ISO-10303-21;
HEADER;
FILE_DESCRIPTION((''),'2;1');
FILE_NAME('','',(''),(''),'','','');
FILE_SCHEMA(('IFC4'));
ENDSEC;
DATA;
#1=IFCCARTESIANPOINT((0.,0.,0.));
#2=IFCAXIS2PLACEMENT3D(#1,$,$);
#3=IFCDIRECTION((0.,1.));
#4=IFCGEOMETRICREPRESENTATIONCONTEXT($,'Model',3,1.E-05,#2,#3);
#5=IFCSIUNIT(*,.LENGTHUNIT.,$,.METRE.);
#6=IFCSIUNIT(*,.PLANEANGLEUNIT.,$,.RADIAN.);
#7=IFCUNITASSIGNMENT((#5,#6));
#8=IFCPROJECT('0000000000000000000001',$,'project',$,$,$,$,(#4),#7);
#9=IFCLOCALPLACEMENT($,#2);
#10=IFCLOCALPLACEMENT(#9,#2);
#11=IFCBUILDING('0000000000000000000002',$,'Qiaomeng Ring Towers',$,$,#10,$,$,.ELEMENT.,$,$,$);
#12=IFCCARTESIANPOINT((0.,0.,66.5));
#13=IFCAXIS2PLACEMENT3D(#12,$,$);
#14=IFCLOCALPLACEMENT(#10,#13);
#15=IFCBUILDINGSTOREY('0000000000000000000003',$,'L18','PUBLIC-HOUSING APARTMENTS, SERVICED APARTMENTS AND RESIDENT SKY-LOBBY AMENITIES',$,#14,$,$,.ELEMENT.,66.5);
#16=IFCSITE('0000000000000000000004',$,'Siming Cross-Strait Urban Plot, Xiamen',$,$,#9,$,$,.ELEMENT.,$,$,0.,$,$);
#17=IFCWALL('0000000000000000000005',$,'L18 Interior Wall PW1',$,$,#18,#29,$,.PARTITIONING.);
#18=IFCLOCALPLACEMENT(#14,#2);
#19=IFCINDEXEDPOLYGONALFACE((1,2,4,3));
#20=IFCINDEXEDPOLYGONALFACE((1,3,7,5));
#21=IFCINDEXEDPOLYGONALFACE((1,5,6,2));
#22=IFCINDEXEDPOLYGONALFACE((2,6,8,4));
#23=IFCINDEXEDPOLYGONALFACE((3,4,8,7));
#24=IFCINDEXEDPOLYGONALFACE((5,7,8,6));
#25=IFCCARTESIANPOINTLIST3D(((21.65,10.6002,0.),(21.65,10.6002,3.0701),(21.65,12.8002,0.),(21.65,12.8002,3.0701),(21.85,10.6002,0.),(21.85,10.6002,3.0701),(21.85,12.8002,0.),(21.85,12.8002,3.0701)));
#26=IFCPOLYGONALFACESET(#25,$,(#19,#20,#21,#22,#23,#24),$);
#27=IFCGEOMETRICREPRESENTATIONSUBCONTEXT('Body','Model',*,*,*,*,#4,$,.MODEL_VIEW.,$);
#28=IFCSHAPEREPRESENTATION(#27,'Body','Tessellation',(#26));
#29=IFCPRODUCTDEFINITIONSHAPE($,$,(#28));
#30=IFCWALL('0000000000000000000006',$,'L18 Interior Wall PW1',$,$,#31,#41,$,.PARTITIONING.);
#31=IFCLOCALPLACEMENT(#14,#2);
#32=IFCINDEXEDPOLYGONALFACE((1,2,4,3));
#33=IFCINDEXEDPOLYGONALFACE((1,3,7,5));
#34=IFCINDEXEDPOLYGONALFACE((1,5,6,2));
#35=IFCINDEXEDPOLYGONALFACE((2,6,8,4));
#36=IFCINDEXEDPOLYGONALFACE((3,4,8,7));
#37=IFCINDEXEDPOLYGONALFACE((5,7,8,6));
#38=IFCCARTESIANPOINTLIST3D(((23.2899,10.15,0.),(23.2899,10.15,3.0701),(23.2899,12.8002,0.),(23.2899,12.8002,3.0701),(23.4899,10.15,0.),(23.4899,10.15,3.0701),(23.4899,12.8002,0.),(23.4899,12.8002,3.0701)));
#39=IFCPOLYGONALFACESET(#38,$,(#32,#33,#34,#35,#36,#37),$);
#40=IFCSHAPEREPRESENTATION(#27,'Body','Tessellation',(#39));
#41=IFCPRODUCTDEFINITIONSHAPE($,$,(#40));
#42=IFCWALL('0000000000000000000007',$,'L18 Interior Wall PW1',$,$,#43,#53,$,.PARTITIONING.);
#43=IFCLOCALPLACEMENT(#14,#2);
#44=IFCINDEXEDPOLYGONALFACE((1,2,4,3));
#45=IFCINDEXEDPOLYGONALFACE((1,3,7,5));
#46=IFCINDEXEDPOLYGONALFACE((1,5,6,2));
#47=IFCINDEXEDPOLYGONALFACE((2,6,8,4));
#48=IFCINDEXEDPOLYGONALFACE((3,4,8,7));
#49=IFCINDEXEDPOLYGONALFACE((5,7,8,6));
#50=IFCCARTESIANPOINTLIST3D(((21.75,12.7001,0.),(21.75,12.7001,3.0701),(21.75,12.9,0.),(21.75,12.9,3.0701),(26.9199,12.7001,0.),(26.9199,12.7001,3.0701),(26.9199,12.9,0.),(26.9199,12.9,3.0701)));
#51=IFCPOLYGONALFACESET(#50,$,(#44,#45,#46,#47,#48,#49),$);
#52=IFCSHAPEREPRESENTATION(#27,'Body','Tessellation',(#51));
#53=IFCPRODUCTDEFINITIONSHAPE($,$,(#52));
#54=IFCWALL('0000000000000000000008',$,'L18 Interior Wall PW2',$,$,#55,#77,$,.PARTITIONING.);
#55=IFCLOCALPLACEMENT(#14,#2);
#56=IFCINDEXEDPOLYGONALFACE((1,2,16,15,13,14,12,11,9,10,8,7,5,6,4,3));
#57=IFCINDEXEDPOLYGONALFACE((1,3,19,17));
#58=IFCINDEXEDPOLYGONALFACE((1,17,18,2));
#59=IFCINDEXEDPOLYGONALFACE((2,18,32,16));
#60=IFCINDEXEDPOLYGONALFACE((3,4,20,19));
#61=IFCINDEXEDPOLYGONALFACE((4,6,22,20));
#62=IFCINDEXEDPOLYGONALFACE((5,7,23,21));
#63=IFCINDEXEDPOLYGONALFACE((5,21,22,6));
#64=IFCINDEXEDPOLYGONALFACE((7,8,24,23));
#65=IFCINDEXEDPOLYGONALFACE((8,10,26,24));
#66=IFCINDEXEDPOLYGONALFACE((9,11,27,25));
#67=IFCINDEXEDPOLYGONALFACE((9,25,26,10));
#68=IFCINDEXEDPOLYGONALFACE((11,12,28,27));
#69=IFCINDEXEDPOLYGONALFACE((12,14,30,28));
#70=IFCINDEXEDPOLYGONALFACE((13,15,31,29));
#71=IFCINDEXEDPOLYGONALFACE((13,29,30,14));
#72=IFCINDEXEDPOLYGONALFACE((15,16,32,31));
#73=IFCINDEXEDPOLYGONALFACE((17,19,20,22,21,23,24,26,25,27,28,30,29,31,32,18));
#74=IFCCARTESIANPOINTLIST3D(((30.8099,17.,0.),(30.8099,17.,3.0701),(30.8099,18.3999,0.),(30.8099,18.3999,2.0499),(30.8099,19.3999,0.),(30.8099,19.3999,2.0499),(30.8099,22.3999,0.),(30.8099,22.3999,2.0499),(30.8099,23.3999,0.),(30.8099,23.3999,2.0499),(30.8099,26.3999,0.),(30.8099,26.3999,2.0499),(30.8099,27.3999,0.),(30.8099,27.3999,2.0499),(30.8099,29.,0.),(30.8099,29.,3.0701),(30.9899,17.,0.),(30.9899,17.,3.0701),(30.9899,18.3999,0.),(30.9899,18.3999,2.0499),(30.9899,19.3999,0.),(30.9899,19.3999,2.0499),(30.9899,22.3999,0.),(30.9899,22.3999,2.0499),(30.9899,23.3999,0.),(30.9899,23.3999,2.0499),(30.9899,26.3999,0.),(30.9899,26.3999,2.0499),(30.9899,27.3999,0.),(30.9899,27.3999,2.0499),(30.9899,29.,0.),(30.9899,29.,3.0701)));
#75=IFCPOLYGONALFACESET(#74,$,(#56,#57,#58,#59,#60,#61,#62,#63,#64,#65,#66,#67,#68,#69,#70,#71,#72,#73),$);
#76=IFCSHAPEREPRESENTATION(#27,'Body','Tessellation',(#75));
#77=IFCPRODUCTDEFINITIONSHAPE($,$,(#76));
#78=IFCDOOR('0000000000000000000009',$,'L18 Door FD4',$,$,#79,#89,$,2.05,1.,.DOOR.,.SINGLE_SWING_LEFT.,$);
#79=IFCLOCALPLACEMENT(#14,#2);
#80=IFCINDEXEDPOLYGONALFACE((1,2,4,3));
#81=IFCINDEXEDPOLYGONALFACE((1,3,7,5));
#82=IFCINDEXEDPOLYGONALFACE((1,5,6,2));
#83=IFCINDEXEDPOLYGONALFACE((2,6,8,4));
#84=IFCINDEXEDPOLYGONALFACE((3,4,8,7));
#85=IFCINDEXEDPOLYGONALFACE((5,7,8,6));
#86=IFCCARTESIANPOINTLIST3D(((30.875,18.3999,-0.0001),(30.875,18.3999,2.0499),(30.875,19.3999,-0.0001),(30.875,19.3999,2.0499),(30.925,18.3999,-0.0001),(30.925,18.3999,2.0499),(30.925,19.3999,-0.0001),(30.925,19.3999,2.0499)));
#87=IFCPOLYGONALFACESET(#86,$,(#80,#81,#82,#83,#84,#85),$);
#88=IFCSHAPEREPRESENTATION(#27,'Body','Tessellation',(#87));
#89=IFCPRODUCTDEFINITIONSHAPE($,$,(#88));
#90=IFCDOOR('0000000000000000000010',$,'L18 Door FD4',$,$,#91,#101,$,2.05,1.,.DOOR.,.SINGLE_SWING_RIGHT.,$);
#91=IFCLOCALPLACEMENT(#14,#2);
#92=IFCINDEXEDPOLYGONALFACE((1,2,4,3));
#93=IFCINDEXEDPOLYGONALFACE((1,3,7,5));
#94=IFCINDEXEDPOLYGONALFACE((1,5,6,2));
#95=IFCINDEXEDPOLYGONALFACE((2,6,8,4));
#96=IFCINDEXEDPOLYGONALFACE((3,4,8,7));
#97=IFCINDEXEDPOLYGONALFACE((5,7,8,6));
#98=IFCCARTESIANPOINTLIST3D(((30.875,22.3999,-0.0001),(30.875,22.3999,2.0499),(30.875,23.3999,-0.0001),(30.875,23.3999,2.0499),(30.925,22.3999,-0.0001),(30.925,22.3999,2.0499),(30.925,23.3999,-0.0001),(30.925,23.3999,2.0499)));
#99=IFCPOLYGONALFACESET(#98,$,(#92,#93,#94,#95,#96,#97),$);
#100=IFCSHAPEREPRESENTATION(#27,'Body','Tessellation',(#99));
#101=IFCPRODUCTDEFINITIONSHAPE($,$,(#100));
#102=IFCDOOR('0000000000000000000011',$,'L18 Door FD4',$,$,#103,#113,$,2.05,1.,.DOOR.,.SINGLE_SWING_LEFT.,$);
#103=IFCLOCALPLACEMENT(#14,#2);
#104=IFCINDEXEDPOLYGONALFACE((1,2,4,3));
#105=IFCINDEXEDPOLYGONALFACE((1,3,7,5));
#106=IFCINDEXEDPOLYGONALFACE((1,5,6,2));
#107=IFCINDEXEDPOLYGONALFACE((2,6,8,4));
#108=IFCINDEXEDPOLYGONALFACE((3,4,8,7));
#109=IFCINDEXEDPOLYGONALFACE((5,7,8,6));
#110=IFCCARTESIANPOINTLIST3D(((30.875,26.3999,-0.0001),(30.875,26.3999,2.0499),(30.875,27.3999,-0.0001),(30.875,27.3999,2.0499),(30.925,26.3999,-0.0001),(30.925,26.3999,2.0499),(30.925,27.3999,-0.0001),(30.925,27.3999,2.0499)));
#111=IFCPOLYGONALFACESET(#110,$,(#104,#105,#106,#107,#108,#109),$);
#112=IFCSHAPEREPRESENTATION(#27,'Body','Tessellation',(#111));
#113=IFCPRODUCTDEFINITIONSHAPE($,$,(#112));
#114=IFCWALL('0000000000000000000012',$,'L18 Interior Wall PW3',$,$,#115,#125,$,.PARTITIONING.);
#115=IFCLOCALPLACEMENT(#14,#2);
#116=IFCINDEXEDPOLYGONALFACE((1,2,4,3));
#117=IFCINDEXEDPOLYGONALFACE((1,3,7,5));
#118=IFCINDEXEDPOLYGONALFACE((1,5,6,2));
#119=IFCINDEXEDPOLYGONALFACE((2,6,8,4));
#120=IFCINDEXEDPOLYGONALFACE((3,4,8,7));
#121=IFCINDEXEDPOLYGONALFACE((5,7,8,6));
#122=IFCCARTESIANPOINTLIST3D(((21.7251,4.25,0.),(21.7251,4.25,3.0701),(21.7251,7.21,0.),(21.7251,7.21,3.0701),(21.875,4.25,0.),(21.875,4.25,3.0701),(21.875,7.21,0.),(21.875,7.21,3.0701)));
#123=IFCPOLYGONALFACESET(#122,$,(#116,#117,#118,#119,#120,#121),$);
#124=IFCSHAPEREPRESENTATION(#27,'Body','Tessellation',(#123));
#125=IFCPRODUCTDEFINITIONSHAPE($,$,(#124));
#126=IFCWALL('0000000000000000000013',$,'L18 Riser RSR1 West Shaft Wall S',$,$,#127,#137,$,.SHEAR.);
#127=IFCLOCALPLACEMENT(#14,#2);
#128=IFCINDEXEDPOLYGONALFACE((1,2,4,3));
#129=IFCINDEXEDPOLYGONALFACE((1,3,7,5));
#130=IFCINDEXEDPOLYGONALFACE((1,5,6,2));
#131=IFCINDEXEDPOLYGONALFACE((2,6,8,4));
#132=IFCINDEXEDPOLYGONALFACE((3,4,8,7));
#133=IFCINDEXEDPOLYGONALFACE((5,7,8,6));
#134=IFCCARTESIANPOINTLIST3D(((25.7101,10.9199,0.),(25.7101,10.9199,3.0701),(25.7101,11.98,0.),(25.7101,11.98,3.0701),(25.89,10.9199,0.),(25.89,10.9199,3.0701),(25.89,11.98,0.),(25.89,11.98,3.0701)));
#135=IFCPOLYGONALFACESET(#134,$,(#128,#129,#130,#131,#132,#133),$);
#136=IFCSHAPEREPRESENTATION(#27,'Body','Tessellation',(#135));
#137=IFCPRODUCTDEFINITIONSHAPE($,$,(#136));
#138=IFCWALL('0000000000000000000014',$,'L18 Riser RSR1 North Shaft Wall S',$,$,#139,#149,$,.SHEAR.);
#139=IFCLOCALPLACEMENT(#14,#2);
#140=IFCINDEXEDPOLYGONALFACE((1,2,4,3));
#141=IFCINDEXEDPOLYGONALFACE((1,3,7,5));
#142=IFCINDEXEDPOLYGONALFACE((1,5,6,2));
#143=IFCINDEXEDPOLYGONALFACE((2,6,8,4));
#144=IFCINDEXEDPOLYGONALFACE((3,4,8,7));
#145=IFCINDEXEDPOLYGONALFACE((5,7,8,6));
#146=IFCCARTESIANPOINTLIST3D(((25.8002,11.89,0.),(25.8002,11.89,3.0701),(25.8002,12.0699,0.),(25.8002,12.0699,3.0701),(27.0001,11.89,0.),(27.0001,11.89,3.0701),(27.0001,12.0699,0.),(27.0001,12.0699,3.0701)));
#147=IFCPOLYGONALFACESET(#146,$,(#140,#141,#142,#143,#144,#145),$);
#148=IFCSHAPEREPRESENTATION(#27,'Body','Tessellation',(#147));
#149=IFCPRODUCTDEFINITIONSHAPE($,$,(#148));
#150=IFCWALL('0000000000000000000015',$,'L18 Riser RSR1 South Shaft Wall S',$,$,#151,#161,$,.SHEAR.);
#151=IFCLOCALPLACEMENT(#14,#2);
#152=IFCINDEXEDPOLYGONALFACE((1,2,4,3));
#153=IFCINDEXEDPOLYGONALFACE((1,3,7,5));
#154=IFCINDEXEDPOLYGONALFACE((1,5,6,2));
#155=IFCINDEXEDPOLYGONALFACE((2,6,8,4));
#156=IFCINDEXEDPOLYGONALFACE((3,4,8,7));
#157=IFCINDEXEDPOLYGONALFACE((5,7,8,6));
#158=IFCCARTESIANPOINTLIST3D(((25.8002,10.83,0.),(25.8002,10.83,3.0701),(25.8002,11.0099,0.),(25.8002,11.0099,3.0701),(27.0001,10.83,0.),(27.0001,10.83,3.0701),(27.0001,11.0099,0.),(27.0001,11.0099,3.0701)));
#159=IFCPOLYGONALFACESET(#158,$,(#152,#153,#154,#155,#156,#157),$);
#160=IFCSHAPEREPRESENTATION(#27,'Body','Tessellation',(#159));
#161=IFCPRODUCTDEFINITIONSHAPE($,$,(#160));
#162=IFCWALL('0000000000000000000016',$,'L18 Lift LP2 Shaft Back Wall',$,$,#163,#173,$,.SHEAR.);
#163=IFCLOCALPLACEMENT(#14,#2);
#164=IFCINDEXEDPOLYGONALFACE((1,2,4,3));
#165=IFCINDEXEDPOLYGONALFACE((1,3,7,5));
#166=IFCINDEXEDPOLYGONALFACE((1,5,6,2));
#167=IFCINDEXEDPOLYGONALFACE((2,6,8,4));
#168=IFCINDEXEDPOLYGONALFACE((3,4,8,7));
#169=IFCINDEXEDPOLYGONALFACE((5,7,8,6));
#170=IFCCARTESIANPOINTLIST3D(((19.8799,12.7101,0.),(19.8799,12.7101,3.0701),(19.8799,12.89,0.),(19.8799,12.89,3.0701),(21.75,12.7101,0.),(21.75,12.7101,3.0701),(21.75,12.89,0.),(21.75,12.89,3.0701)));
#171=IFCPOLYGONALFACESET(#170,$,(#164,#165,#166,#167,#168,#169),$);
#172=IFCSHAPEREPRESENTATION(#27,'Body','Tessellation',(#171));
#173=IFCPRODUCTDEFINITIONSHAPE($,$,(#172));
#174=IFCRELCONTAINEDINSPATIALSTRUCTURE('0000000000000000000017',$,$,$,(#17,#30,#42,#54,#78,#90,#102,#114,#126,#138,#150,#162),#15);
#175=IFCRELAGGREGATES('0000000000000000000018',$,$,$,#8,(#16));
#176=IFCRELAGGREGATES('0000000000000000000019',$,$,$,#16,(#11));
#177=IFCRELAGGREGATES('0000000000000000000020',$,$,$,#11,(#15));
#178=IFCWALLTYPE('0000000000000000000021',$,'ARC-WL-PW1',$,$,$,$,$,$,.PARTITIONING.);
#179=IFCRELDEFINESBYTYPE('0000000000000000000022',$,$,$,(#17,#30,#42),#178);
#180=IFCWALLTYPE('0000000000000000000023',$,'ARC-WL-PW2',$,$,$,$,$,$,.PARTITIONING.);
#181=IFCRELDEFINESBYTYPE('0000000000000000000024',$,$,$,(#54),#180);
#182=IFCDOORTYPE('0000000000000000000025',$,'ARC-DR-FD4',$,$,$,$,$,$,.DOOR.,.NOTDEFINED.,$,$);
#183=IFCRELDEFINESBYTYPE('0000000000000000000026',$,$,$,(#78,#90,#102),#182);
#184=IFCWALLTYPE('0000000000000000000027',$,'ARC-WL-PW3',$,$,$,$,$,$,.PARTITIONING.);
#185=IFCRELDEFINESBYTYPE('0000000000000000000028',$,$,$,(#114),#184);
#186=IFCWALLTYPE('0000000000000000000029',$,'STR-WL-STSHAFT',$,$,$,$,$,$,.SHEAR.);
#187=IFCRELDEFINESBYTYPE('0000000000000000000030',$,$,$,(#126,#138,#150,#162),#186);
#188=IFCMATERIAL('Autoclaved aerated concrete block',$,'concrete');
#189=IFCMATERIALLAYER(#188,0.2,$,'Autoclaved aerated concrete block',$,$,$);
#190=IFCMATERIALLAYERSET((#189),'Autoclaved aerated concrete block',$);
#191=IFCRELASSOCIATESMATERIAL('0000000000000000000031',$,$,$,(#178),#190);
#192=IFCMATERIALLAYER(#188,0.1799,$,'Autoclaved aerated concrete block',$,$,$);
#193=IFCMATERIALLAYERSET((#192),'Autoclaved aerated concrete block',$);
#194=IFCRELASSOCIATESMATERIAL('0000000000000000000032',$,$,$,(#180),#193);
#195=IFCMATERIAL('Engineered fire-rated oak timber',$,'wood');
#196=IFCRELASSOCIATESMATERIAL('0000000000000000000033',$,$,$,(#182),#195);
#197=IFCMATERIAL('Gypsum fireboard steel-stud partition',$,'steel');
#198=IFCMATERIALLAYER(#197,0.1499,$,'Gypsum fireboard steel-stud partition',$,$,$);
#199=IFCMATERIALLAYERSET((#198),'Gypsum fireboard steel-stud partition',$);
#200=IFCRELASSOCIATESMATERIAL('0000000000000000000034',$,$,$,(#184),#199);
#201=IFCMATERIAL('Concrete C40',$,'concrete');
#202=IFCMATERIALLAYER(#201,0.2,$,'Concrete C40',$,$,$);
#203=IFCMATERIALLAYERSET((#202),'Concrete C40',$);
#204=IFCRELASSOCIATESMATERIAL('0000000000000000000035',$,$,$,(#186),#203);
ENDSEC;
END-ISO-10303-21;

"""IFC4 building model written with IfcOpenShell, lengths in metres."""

from ifc_helpers import new_model, si_unit, direction, frame, frame_2d, origin, place, context, subcontext, project, spatial, rectangle, extrude, source, transform, mapped, material, layer, layer_set, type_object, element, fill, save


model = new_model("IFC4")

# Units and contexts
model_context = context("Model", 3, precision=1e-05, world=origin(), true_north=direction((0.0, 1.0)))
body_context = subcontext(model_context, "Body", "Model", "MODEL_VIEW")
ifc_project = project(units=[si_unit("LENGTHUNIT", "METRE"), si_unit("PLANEANGLEUNIT", "RADIAN")], contexts=[model_context])

# Site, building, storey
site_placement = place(None, origin())
site = spatial("IfcSite", under=ifc_project, at=site_placement, Name="Siming Cross-Strait Urban Plot, Xiamen", CompositionType="ELEMENT", RefElevation=0.0)
building_placement = place(site_placement, origin())
building = spatial("IfcBuilding", under=site, at=building_placement, Name="Qiaomeng Ring Towers", CompositionType="ELEMENT")
storey_placement = place(building_placement, frame((0.0, 0.0, 66.5)))
storey = spatial("IfcBuildingStorey", under=building, at=storey_placement, Name="L18", Description="PUBLIC-HOUSING APARTMENTS, SERVICED APARTMENTS AND RESIDENT SKY-LOBBY AMENITIES", CompositionType="ELEMENT", Elevation=66.5)

# Shared definitions
ifc_material_1 = material(Name="Autoclaved aerated concrete block", Category="concrete")
ifc_layer_1 = layer(ifc_material_1, 0.2, Name="Autoclaved aerated concrete block")
ifc_layer_set_1 = layer_set([ifc_layer_1], Name="Autoclaved aerated concrete block")
wall_type_1 = type_object("IfcWallType", Name="ARC-WL-PW1", PredefinedType="PARTITIONING", material=ifc_layer_set_1)

# Walls
wall_1_placement = place(storey_placement, frame((21.75, 10.6001, 0.0), z_axis=(0.0, 0.0, 1.0), x_axis=(0.0, 1.0, 0.0)))
element("IfcWall", 1, at=wall_1_placement, inside=storey, type_object=wall_type_1, Name="L18 Interior Wall PW1", PredefinedType="PARTITIONING", context=body_context, shape_type="SweptSolid", body=[
    extrude(rectangle(XDim=2.2, YDim=0.2, at=frame_2d((1.1001, 0.0))), origin(), (0.0, 0.0, 1.0), 3.0701),
])
wall_2_placement = place(storey_placement, frame((23.3899, 10.1499, 0.0), z_axis=(0.0, 0.0, 1.0), x_axis=(0.0, 1.0, 0.0)))
element("IfcWall", 2, at=wall_2_placement, inside=storey, type_object=wall_type_1, Name="L18 Interior Wall PW1", PredefinedType="PARTITIONING", context=body_context, shape_type="SweptSolid", body=[
    extrude(rectangle(XDim=2.6501, YDim=0.2, at=frame_2d((1.3252, 0.0))), origin(), (0.0, 0.0, 1.0), 3.0701),
])
wall_3_placement = place(storey_placement, frame((21.75, 12.8, 0.0), z_axis=(0.0, 0.0, 1.0), x_axis=(1.0, 0.0, 0.0)))
element("IfcWall", 3, at=wall_3_placement, inside=storey, type_object=wall_type_1, Name="L18 Interior Wall PW1", PredefinedType="PARTITIONING", context=body_context, shape_type="SweptSolid", body=[
    extrude(rectangle(XDim=5.1699, YDim=0.2, at=frame_2d((2.585, 0.0))), origin(), (0.0, 0.0, 1.0), 3.0701),
])

# Wall, openings, doors
ifc_layer_2 = layer(ifc_material_1, 0.1799, Name="Autoclaved aerated concrete block")
ifc_layer_set_2 = layer_set([ifc_layer_2], Name="Autoclaved aerated concrete block")
wall_type_2 = type_object("IfcWallType", Name="ARC-WL-PW2", PredefinedType="PARTITIONING", material=ifc_layer_set_2)
wall_4_placement = place(storey_placement, frame((30.8999, 17.0, 0.0), z_axis=(0.0, 0.0, 1.0), x_axis=(0.0, 1.0, 0.0)))
wall_4 = element("IfcWall", 4, at=wall_4_placement, inside=storey, type_object=wall_type_2, Name="L18 Interior Wall PW2", PredefinedType="PARTITIONING", context=body_context, shape_type="SweptSolid", body=[
    extrude(rectangle(XDim=12.0, YDim=0.1799, at=frame_2d((6.0, 0.0))), origin(), (0.0, 0.0, 1.0), 3.0701),
])
opening_1_placement = place(wall_4_placement, frame((1.3999, 0.0, 0.0)))
opening_1 = element("IfcOpeningElement", 5, at=opening_1_placement, cuts=wall_4, PredefinedType="OPENING", context=body_context, shape_type="SweptSolid", body=[
    extrude(rectangle(XDim=1.0, YDim=2.05, at=frame_2d((0.5, 1.0249))), frame((0.0, 0.0999, 0.0), z_axis=(0.0, -1.0, 0.0), x_axis=(1.0, 0.0, 0.0)), (0.0, 0.0, 1.0), 0.2),
])
opening_2_placement = place(wall_4_placement, frame((5.3999, 0.0, 0.0)))
opening_2 = element("IfcOpeningElement", 6, at=opening_2_placement, cuts=wall_4, PredefinedType="OPENING", context=body_context, shape_type="SweptSolid", body=[
    extrude(rectangle(XDim=1.0, YDim=2.05, at=frame_2d((0.5, 1.0249))), frame((0.0, 0.0999, 0.0), z_axis=(0.0, -1.0, 0.0), x_axis=(1.0, 0.0, 0.0)), (0.0, 0.0, 1.0), 0.2),
])
opening_3_placement = place(wall_4_placement, frame((9.3999, 0.0, 0.0)))
opening_3 = element("IfcOpeningElement", 7, at=opening_3_placement, cuts=wall_4, PredefinedType="OPENING", context=body_context, shape_type="SweptSolid", body=[
    extrude(rectangle(XDim=1.0, YDim=2.05, at=frame_2d((0.5, 1.0249))), frame((0.0, 0.0999, 0.0), z_axis=(0.0, -1.0, 0.0), x_axis=(1.0, 0.0, 0.0)), (0.0, 0.0, 1.0), 0.2),
])
ifc_material_2 = material(Name="Engineered fire-rated oak timber", Category="wood")
door_type_1 = type_object("IfcDoorType", Name="ARC-DR-FD4", OperationType="NOTDEFINED", PredefinedType="DOOR", material=ifc_material_2)
shared_shape_1 = source(origin(), body_context, "Body", "SweptSolid", [
    extrude(rectangle(XDim=1.0, YDim=2.05, at=frame_2d((0.5, 1.0249))), frame((0.0, 0.0249, 0.0), z_axis=(0.0, -1.0, 0.0), x_axis=(1.0, 0.0, 0.0)), (0.0, 0.0, 1.0), 0.05),
])
door_1_placement = place(opening_1_placement, origin())
door_1 = element("IfcDoor", 8, at=door_1_placement, inside=storey, type_object=door_type_1, Name="L18 Door FD4", OperationType="SINGLE_SWING_LEFT", OverallHeight=2.05, OverallWidth=1.0, PredefinedType="DOOR", context=body_context, shape_type="MappedRepresentation", body=[
    mapped(shared_shape_1, transform((0.0, 0.0, 0.0), x_axis=(1.0, 0.0, 0.0), y_axis=(0.0, 1.0, 0.0), z_axis=(0.0, 0.0, 1.0), scale=1.0)),
])
fill(opening_1, door_1)
door_2_placement = place(opening_2_placement, origin())
door_2 = element("IfcDoor", 9, at=door_2_placement, inside=storey, type_object=door_type_1, Name="L18 Door FD4", OperationType="SINGLE_SWING_RIGHT", OverallHeight=2.05, OverallWidth=1.0, PredefinedType="DOOR", context=body_context, shape_type="MappedRepresentation", body=[
    mapped(shared_shape_1, transform((0.0, 0.0, 0.0), x_axis=(1.0, 0.0, 0.0), y_axis=(0.0, 1.0, 0.0), z_axis=(0.0, 0.0, 1.0), scale=1.0)),
])
fill(opening_2, door_2)
door_3_placement = place(opening_3_placement, origin())
door_3 = element("IfcDoor", 10, at=door_3_placement, inside=storey, type_object=door_type_1, Name="L18 Door FD4", OperationType="SINGLE_SWING_LEFT", OverallHeight=2.05, OverallWidth=1.0, PredefinedType="DOOR", context=body_context, shape_type="MappedRepresentation", body=[
    mapped(shared_shape_1, transform((0.0, 0.0, 0.0), x_axis=(1.0, 0.0, 0.0), y_axis=(0.0, 1.0, 0.0), z_axis=(0.0, 0.0, 1.0), scale=1.0)),
])
fill(opening_3, door_3)

# Walls
ifc_material_3 = material(Name="Gypsum fireboard steel-stud partition", Category="steel")
ifc_layer_3 = layer(ifc_material_3, 0.1499, Name="Gypsum fireboard steel-stud partition")
ifc_layer_set_3 = layer_set([ifc_layer_3], Name="Gypsum fireboard steel-stud partition")
wall_type_3 = type_object("IfcWallType", Name="ARC-WL-PW3", PredefinedType="PARTITIONING", material=ifc_layer_set_3)
wall_5_placement = place(storey_placement, frame((21.8, 4.25, 0.0), z_axis=(0.0, 0.0, 1.0), x_axis=(0.0, 1.0, 0.0)))
element("IfcWall", 11, at=wall_5_placement, inside=storey, type_object=wall_type_3, Name="L18 Interior Wall PW3", PredefinedType="PARTITIONING", context=body_context, shape_type="SweptSolid", body=[
    extrude(rectangle(XDim=2.96, YDim=0.1499, at=frame_2d((1.48, 0.0))), origin(), (0.0, 0.0, 1.0), 3.0701),
])
ifc_material_4 = material(Name="Concrete C40", Category="concrete")
ifc_layer_4 = layer(ifc_material_4, 0.2, Name="Concrete C40")
ifc_layer_set_4 = layer_set([ifc_layer_4], Name="Concrete C40")
wall_type_4 = type_object("IfcWallType", Name="STR-WL-STSHAFT", PredefinedType="SHEAR", material=ifc_layer_set_4)
wall_6_placement = place(storey_placement, frame((25.8, 10.9199, 0.0), z_axis=(0.0, 0.0, 1.0), x_axis=(0.0, 1.0, 0.0)))
element("IfcWall", 12, at=wall_6_placement, inside=storey, type_object=wall_type_4, Name="L18 Riser RSR1 West Shaft Wall S", PredefinedType="SHEAR", context=body_context, shape_type="SweptSolid", body=[
    extrude(rectangle(XDim=1.0601, YDim=0.1799, at=frame_2d((0.53, 0.0))), origin(), (0.0, 0.0, 1.0), 3.0701),
])
for number, where, z_axis, x_axis, name in (
    (13, (25.8, 11.98, 0.0), (0.0, 0.0, 1.0), (1.0, 0.0, 0.0), "L18 Riser RSR1 North Shaft Wall S"),
    (14, (25.8, 10.9199, 0.0), (0.0, 0.0, 1.0), (1.0, 0.0, 0.0), "L18 Riser RSR1 South Shaft Wall S"),
):
    element("IfcWall", number, at=place(storey_placement, frame(where, z_axis=z_axis, x_axis=x_axis)), inside=storey, type_object=wall_type_4, Name=name, PredefinedType="SHEAR", context=body_context, shape_type="SweptSolid", body=[
        extrude(rectangle(XDim=1.2, YDim=0.1799, at=frame_2d((0.6001, 0.0))), origin(), (0.0, 0.0, 1.0), 3.0701),
    ])
wall_7_placement = place(storey_placement, frame((19.8799, 12.8, 0.0), z_axis=(0.0, 0.0, 1.0), x_axis=(1.0, 0.0, 0.0)))
element("IfcWall", 15, at=wall_7_placement, inside=storey, type_object=wall_type_4, Name="L18 Lift LP2 Shaft Back Wall", PredefinedType="SHEAR", context=body_context, shape_type="SweptSolid", body=[
    extrude(rectangle(XDim=1.8701, YDim=0.1799, at=frame_2d((0.9351, 0.0))), origin(), (0.0, 0.0, 1.0), 3.0701),
])

save(model, "model.ifc")
